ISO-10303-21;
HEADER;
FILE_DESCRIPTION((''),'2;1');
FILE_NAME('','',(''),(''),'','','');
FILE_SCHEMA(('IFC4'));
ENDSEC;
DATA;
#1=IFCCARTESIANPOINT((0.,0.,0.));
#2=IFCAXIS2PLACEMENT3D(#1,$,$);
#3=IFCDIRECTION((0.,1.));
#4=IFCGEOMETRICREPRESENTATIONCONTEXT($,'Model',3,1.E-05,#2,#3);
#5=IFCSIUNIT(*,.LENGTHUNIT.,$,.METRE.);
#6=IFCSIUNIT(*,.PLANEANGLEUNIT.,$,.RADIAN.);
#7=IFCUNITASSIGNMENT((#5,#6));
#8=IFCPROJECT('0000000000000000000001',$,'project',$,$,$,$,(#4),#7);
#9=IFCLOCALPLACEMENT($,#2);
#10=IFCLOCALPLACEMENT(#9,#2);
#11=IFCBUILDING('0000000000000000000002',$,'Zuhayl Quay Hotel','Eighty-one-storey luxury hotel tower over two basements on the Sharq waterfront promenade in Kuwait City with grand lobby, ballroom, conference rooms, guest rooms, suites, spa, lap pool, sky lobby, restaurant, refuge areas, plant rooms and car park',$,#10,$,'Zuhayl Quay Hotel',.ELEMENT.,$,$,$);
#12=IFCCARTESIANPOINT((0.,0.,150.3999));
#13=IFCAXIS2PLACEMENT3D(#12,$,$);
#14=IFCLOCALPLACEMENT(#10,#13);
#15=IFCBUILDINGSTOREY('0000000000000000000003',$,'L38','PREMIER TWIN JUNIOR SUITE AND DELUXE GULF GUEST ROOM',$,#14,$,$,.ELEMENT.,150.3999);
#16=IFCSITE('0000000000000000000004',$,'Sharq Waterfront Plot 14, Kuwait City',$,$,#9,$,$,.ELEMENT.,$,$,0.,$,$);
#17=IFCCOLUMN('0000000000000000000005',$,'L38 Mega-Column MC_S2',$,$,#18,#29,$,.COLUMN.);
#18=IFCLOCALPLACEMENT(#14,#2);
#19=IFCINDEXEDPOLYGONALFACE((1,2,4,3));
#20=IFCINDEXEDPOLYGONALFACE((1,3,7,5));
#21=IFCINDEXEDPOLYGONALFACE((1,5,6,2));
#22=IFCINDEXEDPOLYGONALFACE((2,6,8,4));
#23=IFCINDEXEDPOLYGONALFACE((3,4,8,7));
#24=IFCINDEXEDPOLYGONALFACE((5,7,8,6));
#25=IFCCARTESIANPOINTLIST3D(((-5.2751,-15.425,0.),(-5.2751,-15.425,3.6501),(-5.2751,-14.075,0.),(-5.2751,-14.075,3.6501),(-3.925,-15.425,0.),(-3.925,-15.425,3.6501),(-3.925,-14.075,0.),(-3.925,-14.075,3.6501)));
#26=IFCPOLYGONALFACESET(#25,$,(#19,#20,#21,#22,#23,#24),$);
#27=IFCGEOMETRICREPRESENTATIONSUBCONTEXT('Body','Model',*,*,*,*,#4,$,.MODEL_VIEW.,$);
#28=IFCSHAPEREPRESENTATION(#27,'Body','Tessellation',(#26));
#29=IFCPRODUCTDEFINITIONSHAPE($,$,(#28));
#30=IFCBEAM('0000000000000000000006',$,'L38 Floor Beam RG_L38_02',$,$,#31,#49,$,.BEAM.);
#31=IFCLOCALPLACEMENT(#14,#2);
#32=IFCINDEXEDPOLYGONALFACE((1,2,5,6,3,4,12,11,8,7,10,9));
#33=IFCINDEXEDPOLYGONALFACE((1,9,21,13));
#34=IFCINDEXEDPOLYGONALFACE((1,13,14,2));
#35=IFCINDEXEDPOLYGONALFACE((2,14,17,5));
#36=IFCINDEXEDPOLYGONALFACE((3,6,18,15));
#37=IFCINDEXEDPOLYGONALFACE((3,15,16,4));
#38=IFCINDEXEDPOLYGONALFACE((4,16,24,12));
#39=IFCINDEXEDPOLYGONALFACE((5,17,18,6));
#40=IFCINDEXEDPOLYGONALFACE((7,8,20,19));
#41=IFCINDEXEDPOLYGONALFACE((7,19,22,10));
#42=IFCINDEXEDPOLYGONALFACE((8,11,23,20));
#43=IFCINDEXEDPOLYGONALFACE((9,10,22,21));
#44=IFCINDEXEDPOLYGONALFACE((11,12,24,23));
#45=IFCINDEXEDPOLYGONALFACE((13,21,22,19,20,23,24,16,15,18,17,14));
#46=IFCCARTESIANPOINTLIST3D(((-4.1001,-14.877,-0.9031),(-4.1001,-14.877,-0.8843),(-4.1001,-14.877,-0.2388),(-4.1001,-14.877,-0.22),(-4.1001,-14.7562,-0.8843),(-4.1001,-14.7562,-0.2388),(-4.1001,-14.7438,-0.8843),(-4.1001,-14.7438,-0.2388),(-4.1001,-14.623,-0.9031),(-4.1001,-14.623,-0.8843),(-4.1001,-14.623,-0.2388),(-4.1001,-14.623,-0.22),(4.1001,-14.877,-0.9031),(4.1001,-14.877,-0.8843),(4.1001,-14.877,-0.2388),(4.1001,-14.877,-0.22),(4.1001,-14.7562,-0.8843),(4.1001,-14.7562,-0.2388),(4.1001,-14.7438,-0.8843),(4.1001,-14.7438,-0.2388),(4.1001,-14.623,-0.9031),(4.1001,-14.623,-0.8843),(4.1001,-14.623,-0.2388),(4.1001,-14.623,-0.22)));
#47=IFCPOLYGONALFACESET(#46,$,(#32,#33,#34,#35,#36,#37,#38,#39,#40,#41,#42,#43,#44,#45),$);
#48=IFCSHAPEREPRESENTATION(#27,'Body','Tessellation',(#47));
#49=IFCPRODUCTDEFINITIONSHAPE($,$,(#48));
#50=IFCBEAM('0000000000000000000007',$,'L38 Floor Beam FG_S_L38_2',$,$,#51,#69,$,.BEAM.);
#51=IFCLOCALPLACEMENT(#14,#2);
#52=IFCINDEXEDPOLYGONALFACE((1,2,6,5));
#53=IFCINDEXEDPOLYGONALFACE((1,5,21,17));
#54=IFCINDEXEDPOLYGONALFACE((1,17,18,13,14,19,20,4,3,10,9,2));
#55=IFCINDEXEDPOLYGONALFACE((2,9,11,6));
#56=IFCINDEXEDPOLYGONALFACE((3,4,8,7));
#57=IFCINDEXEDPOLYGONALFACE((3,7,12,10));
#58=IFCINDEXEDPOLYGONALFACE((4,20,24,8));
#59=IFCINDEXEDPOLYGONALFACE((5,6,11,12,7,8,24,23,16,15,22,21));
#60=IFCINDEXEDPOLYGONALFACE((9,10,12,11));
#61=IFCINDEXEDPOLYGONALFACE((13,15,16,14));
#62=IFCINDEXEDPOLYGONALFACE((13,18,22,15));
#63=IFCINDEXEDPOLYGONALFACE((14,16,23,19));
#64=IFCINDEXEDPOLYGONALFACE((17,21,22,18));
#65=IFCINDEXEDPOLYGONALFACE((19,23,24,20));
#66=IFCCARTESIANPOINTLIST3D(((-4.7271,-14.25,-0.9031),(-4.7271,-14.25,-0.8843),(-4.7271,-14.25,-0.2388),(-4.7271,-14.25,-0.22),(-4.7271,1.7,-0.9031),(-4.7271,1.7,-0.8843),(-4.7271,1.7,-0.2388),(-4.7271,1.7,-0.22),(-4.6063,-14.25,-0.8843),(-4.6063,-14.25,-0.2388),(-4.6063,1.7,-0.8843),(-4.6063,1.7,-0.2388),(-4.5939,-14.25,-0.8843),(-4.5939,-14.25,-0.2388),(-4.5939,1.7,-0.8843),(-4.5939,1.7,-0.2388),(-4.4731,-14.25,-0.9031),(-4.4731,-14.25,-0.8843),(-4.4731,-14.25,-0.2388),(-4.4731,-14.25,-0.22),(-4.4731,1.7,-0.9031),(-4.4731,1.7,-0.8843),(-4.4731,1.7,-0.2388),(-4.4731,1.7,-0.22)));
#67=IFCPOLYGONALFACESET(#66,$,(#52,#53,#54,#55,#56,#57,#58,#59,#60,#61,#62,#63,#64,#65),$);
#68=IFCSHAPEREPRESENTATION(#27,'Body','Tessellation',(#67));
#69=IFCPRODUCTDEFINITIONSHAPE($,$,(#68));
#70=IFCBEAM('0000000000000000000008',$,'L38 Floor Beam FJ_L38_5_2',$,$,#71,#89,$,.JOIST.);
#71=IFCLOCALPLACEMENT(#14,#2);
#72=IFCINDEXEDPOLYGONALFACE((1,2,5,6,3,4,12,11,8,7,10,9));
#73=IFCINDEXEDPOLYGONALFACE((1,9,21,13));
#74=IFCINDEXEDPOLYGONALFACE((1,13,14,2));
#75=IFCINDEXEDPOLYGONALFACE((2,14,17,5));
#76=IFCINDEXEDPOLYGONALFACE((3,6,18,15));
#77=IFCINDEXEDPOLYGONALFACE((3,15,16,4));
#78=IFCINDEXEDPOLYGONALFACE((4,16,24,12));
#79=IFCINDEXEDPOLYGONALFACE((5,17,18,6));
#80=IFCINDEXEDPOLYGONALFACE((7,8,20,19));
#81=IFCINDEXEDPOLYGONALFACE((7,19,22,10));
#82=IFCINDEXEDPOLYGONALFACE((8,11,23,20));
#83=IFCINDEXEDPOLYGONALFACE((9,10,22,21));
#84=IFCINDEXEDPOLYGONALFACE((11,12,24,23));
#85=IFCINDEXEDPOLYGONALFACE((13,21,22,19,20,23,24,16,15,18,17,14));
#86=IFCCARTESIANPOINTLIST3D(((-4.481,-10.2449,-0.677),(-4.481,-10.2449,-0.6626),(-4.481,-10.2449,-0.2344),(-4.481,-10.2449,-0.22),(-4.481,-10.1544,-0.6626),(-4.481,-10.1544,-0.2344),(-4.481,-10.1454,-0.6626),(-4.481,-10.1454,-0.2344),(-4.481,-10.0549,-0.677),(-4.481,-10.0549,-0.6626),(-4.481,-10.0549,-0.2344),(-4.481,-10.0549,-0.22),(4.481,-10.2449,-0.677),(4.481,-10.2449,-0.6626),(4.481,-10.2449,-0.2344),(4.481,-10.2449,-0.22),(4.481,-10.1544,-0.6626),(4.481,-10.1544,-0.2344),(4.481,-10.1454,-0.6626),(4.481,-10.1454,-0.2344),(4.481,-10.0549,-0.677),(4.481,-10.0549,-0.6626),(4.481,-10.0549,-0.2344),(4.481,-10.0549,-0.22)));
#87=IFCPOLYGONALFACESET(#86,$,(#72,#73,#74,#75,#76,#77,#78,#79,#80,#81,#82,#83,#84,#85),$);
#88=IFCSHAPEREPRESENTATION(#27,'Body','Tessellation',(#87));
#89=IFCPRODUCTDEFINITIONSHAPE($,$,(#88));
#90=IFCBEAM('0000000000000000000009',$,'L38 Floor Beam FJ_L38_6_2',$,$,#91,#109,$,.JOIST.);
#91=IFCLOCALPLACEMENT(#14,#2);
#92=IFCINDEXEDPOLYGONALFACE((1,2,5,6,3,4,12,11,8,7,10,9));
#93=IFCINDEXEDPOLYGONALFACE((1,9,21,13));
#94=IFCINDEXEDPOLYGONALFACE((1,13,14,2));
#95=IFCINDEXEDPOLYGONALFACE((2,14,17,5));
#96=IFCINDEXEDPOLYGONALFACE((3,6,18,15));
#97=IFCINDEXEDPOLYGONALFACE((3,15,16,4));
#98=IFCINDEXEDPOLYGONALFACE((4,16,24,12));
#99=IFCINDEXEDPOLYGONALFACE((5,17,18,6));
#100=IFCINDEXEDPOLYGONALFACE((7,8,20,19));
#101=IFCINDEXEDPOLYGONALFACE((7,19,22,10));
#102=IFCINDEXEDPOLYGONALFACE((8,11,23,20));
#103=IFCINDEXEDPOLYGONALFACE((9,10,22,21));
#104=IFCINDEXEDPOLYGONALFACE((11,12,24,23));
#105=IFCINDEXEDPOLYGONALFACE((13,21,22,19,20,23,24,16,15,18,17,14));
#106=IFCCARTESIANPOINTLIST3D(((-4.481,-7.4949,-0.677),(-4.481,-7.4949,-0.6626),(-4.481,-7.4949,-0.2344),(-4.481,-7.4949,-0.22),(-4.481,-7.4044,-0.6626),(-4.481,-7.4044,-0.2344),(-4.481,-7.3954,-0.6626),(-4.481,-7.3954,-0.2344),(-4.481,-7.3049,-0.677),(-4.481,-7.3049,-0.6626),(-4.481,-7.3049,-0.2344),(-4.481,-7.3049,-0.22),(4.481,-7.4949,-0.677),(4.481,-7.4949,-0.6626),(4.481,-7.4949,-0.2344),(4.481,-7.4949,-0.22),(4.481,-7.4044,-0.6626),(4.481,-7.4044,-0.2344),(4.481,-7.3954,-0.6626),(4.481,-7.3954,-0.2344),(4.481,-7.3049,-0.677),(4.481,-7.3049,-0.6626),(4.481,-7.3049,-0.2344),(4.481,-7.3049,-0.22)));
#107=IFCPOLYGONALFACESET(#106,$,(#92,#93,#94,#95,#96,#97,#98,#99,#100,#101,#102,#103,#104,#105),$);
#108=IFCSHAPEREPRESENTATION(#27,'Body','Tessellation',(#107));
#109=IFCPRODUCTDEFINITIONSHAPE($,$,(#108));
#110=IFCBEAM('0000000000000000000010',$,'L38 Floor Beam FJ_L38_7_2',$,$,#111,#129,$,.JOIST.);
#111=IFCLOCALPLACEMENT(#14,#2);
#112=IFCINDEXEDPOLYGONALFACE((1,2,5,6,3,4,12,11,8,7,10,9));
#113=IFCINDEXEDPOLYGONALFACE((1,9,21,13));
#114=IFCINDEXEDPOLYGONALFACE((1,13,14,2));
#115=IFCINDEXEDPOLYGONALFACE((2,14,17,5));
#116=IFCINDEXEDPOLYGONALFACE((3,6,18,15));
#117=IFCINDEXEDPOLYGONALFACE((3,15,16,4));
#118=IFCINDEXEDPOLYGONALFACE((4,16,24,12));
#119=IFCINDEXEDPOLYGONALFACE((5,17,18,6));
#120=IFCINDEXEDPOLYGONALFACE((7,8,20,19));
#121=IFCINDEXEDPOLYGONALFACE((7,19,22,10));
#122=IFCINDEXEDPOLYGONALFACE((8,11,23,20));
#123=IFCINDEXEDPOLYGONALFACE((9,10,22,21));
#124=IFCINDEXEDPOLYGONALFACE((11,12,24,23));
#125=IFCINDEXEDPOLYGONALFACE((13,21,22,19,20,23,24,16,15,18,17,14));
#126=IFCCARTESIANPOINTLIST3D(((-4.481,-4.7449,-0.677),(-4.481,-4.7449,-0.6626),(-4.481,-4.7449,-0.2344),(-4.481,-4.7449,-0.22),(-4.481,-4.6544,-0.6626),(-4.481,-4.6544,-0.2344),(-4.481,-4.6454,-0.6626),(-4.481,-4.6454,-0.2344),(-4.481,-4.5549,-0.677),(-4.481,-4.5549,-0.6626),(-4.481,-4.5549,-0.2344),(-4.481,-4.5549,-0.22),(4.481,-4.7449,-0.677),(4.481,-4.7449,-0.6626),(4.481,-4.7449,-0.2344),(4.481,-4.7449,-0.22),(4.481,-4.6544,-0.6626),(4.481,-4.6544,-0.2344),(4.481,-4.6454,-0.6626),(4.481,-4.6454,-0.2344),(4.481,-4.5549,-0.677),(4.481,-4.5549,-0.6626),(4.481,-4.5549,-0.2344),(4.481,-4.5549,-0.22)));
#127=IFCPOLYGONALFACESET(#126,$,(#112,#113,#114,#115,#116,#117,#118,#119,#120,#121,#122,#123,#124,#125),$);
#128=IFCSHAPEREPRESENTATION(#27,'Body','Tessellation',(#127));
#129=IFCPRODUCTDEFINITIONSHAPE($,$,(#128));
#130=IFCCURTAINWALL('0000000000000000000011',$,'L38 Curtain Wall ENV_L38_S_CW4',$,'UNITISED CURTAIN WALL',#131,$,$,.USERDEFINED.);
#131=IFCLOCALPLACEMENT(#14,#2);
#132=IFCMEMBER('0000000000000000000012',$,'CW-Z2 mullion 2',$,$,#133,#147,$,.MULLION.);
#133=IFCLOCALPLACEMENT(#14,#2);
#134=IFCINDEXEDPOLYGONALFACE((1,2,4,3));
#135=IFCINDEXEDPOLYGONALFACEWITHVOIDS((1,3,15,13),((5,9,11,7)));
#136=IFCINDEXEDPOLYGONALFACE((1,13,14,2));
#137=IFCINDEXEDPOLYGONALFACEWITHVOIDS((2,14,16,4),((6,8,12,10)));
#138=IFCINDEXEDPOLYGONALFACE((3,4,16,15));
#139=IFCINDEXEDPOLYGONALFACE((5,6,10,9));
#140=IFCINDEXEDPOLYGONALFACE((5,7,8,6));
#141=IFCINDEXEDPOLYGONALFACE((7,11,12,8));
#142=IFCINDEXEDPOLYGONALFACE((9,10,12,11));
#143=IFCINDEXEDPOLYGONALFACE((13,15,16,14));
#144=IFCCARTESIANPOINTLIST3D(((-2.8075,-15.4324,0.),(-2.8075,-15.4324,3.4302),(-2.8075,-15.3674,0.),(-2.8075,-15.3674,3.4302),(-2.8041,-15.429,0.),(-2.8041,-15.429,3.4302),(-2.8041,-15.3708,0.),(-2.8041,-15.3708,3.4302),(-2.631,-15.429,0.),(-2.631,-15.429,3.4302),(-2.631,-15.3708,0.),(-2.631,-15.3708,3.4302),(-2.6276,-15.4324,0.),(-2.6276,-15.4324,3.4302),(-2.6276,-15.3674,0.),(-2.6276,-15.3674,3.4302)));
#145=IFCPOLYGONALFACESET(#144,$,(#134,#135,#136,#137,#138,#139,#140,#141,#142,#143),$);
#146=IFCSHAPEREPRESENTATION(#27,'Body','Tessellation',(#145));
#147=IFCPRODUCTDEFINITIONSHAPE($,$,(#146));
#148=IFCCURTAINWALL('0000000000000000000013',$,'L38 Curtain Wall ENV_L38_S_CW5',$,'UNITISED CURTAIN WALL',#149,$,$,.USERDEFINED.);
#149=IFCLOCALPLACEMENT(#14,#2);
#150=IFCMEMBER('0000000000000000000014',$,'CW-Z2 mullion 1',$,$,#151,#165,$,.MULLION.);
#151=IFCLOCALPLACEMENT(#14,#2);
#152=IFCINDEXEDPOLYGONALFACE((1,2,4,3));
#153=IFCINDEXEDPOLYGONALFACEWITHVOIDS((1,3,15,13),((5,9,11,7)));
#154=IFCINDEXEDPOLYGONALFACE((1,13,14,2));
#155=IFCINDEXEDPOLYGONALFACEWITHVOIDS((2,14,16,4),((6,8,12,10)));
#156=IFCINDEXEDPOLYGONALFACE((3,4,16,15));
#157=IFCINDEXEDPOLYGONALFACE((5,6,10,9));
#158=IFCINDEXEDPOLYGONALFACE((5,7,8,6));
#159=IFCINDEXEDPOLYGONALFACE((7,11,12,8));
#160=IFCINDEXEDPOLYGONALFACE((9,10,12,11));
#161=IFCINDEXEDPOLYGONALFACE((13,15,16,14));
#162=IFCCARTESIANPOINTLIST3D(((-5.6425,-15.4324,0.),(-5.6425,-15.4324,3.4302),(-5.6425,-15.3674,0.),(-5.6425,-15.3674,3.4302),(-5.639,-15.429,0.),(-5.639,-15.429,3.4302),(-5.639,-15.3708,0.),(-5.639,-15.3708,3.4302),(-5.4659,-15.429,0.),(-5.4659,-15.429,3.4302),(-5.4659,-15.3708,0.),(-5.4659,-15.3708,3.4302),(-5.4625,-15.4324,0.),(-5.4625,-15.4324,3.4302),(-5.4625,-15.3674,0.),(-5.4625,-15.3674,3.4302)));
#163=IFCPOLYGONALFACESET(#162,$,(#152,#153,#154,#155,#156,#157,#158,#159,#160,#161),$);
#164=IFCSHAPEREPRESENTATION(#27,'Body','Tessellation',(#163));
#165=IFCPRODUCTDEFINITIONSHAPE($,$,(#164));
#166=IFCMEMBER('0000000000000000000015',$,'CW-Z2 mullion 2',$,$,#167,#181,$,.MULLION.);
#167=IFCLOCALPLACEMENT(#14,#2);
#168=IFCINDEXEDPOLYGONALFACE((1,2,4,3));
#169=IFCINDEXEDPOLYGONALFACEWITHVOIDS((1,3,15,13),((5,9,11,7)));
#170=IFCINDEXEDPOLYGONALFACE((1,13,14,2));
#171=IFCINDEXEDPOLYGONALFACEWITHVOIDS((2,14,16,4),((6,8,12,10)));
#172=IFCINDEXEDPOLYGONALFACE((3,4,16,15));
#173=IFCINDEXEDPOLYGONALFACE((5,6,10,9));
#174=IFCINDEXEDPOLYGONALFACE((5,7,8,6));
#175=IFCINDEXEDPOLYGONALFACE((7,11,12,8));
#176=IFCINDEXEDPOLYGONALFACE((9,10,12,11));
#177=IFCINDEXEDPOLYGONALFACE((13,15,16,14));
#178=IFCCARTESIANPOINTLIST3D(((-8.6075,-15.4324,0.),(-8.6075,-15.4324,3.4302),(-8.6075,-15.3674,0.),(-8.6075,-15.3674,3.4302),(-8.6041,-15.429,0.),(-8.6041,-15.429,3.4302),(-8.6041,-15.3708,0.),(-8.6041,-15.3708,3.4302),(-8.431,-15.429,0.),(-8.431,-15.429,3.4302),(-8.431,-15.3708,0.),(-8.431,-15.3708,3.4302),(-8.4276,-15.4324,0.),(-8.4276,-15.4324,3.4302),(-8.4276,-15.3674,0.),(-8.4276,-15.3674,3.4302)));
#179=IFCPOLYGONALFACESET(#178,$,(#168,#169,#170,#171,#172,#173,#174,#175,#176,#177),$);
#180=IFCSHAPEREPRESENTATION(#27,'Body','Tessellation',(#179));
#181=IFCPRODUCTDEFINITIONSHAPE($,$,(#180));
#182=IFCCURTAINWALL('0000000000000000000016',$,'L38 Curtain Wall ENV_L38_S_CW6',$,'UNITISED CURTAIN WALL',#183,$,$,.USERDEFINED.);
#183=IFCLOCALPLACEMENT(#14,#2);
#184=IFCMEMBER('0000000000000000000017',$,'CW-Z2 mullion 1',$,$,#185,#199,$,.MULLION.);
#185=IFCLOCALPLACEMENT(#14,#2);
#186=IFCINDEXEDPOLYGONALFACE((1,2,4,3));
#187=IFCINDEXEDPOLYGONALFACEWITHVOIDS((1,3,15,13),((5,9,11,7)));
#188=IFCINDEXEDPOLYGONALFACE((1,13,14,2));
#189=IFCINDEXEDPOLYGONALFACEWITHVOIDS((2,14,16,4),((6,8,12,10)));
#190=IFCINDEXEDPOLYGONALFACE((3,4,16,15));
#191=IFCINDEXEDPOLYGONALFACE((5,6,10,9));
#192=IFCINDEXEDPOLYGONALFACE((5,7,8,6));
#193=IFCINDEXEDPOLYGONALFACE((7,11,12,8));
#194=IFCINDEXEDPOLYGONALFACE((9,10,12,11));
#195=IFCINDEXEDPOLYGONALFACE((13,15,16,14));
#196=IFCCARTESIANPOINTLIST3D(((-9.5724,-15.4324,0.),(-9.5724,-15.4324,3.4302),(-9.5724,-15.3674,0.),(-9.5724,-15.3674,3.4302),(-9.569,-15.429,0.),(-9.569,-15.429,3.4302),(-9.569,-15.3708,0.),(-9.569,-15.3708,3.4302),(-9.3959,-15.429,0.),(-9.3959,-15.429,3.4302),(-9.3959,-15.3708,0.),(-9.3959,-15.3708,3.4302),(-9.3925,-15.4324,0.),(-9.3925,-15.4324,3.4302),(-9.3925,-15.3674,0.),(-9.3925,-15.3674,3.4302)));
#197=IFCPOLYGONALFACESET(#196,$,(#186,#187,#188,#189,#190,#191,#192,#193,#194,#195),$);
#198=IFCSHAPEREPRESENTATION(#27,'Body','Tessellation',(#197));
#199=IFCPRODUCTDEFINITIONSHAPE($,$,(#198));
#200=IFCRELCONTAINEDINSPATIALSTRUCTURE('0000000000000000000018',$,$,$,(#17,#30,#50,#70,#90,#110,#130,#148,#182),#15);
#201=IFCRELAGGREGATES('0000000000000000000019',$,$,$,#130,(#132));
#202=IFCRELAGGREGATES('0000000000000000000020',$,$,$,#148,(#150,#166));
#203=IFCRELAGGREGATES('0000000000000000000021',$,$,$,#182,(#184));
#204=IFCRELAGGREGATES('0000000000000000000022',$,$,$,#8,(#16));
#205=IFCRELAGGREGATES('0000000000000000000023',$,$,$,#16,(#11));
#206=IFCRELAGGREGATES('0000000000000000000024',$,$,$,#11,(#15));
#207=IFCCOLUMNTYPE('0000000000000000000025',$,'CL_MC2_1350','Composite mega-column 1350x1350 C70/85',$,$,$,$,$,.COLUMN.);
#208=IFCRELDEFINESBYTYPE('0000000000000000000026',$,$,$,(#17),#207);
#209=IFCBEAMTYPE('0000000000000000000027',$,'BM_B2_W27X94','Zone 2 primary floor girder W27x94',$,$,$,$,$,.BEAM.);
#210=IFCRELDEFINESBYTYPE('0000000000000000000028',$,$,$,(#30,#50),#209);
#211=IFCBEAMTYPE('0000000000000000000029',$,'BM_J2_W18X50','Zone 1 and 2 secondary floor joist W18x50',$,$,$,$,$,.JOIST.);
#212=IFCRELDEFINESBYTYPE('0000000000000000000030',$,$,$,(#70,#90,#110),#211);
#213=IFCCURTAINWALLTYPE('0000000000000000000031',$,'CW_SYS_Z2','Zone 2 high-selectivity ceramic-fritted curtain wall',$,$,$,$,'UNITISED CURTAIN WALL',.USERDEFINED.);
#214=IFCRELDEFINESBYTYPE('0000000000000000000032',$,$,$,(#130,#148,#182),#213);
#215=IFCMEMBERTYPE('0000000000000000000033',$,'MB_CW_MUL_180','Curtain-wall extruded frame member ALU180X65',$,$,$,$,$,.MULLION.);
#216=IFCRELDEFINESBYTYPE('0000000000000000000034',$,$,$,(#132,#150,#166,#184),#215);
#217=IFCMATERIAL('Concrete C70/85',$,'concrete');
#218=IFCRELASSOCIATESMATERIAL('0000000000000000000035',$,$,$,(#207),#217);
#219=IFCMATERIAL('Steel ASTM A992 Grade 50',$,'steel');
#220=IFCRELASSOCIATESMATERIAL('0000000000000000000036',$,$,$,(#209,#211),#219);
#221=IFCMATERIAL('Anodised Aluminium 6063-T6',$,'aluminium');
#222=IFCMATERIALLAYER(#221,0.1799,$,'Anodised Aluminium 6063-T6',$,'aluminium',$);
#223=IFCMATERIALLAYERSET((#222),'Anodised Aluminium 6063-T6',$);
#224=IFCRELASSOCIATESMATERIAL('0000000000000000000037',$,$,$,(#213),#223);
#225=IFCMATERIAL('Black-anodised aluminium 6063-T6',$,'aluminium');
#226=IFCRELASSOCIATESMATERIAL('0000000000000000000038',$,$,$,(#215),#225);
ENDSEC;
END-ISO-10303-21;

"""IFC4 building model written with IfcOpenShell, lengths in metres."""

from ifc_helpers import new_model, si_unit, direction, frame, origin, origin_2d, place, context, subcontext, project, spatial, rectangle, hollow_rectangle, i_section, extrude, material, layer, layer_set, material_profile, profile_set, type_object, element, aggregate, save


model = new_model("IFC4")

# Units and contexts
model_context = context("Model", 3, precision=1e-05, world=origin(), true_north=direction((0.0, 1.0)))
body_context = subcontext(model_context, "Body", "Model", "MODEL_VIEW")
ifc_project = project(units=[si_unit("LENGTHUNIT", "METRE"), si_unit("PLANEANGLEUNIT", "RADIAN")], contexts=[model_context])

# Site, building, storey
site_placement = place(None, origin())
site = spatial("IfcSite", under=ifc_project, at=site_placement, Name="Sharq Waterfront Plot 14, Kuwait City", CompositionType="ELEMENT", RefElevation=0.0)
building_placement = place(site_placement, origin())
building = spatial("IfcBuilding", under=site, at=building_placement, Name="Zuhayl Quay Hotel", Description="Eighty-one-storey luxury hotel tower over two basements on the Sharq waterfront promenade in Kuwait City with grand lobby, ballroom, conference rooms, guest rooms, suites, spa, lap pool, sky lobby, restaurant, refuge areas, plant rooms and car park", LongName="Zuhayl Quay Hotel", CompositionType="ELEMENT")
storey_placement = place(building_placement, frame((0.0, 0.0, 150.3999)))
storey = spatial("IfcBuildingStorey", under=building, at=storey_placement, Name="L38", Description="PREMIER TWIN JUNIOR SUITE AND DELUXE GULF GUEST ROOM", CompositionType="ELEMENT", Elevation=150.3999)

# Column
ifc_material_1 = material(Name="Concrete C70/85", Category="concrete")
ifc_material_profile_1 = material_profile(ifc_material_1, rectangle(XDim=1.3501, YDim=1.3501, at=origin_2d()), Name="RC1350X1350")
ifc_profile_set_1 = profile_set([ifc_material_profile_1], Name="Concrete C70/85")
column_type = type_object("IfcColumnType", Name="CL_MC2_1350", Description="Composite mega-column 1350x1350 C70/85", PredefinedType="COLUMN", material=ifc_profile_set_1)
column_placement = place(storey_placement, frame((-4.6001, -14.75, 0.0), z_axis=(0.0, 0.0, 1.0), x_axis=(1.0, 0.0, 0.0)))
element("IfcColumn", 1, at=column_placement, inside=storey, type_object=column_type, Name="L38 Mega-Column MC_S2", PredefinedType="COLUMN", context=body_context, shape_type="SweptSolid", body=[
    extrude(rectangle(XDim=1.3501, YDim=1.3501, at=origin_2d()), origin(), (0.0, 0.0, 1.0), 3.6501),
])

# Beams
ifc_material_2 = material(Name="Steel ASTM A992 Grade 50", Category="steel")
ifc_material_profile_2 = material_profile(ifc_material_2, i_section(OverallWidth=0.2539, OverallDepth=0.6831, WebThickness=0.0125, FlangeThickness=0.0188, at=origin_2d()), Name="W27X94")
ifc_profile_set_2 = profile_set([ifc_material_profile_2], Name="Steel ASTM A992 Grade 50")
beam_type_1 = type_object("IfcBeamType", Name="BM_B2_W27X94", Description="Zone 2 primary floor girder W27x94", PredefinedType="BEAM", material=ifc_profile_set_2)
beam_1_placement = place(storey_placement, frame((-4.1001, -14.75, -0.5615), z_axis=(1.0, 0.0, 0.0), x_axis=(0.0, 1.0, 0.0)))
element("IfcBeam", 2, at=beam_1_placement, inside=storey, type_object=beam_type_1, Name="L38 Floor Beam RG_L38_02", PredefinedType="BEAM", context=body_context, shape_type="SweptSolid", body=[
    extrude(i_section(OverallWidth=0.2539, OverallDepth=0.6831, WebThickness=0.0125, FlangeThickness=0.0188, at=origin_2d()), origin(), (0.0, 0.0, 1.0), 8.2002),
])
beam_2_placement = place(storey_placement, frame((-4.6001, -14.25, -0.5615), z_axis=(0.0, 1.0, 0.0), x_axis=(-1.0, 0.0, 0.0)))
element("IfcBeam", 3, at=beam_2_placement, inside=storey, type_object=beam_type_1, Name="L38 Floor Beam FG_S_L38_2", PredefinedType="BEAM", context=body_context, shape_type="SweptSolid", body=[
    extrude(i_section(OverallWidth=0.2539, OverallDepth=0.6831, WebThickness=0.0125, FlangeThickness=0.0188, at=origin_2d()), origin(), (0.0, 0.0, 1.0), 15.95),
])
ifc_material_profile_3 = material_profile(ifc_material_2, i_section(OverallWidth=0.1899, OverallDepth=0.457, WebThickness=0.009, FlangeThickness=0.0144, at=origin_2d()), Name="W18X50")
ifc_profile_set_3 = profile_set([ifc_material_profile_3], Name="Steel ASTM A992 Grade 50")
beam_type_2 = type_object("IfcBeamType", Name="BM_J2_W18X50", Description="Zone 1 and 2 secondary floor joist W18x50", PredefinedType="JOIST", material=ifc_profile_set_3)
for number, where, z_axis, x_axis, name in (
    (4, (-4.481, -10.1499, -0.4485), (1.0, 0.0, 0.0), (0.0, 1.0, 0.0), "L38 Floor Beam FJ_L38_5_2"),
    (5, (-4.481, -7.3999, -0.4485), (1.0, 0.0, 0.0), (0.0, 1.0, 0.0), "L38 Floor Beam FJ_L38_6_2"),
    (6, (-4.481, -4.6499, -0.4485), (1.0, 0.0, 0.0), (0.0, 1.0, 0.0), "L38 Floor Beam FJ_L38_7_2"),
):
    element("IfcBeam", number, at=place(storey_placement, frame(where, z_axis=z_axis, x_axis=x_axis)), inside=storey, type_object=beam_type_2, Name=name, PredefinedType="JOIST", context=body_context, shape_type="SweptSolid", body=[
        extrude(i_section(OverallWidth=0.1899, OverallDepth=0.457, WebThickness=0.009, FlangeThickness=0.0144, at=origin_2d()), origin(), (0.0, 0.0, 1.0), 8.9619),
    ])

# Curtain wall, member
ifc_material_3 = material(Name="Anodised Aluminium 6063-T6", Category="aluminium")
ifc_layer_1 = layer(ifc_material_3, 0.1799, Name="Anodised Aluminium 6063-T6", Category="aluminium")
ifc_layer_set_1 = layer_set([ifc_layer_1], Name="Anodised Aluminium 6063-T6")
curtain_wall_type = type_object("IfcCurtainWallType", Name="CW_SYS_Z2", Description="Zone 2 high-selectivity ceramic-fritted curtain wall", ElementType="UNITISED CURTAIN WALL", PredefinedType="USERDEFINED", material=ifc_layer_set_1)
curtain_wall_1_placement = place(storey_placement, origin())
curtain_wall_1 = element("IfcCurtainWall", 7, at=curtain_wall_1_placement, inside=storey, type_object=curtain_wall_type, Name="L38 Curtain Wall ENV_L38_S_CW4", ObjectType="UNITISED CURTAIN WALL", PredefinedType="USERDEFINED")
ifc_material_4 = material(Name="Black-anodised aluminium 6063-T6", Category="aluminium")
ifc_material_profile_4 = material_profile(ifc_material_4, hollow_rectangle(XDim=0.0649, YDim=0.1799, WallThickness=0.0034, at=origin_2d()), Name="ALU180X65")
ifc_profile_set_4 = profile_set([ifc_material_profile_4], Name="Black-anodised aluminium 6063-T6")
member_type_1 = type_object("IfcMemberType", Name="MB_CW_MUL_180", Description="Curtain-wall extruded frame member ALU180X65", PredefinedType="MULLION", material=ifc_profile_set_4)
member_1_placement = place(storey_placement, frame((-2.7175, -15.3999, 0.0), z_axis=(0.0, 0.0, 1.0), x_axis=(0.0, -1.0, 0.0)))
member_1 = element("IfcMember", 8, at=member_1_placement, type_object=member_type_1, Name="CW-Z2 mullion 2", PredefinedType="MULLION", context=body_context, shape_type="SweptSolid", body=[
    extrude(hollow_rectangle(XDim=0.0649, YDim=0.1799, WallThickness=0.0034, at=origin_2d()), origin(), (0.0, 0.0, 1.0), 3.4302),
])
aggregate(curtain_wall_1, [member_1])

# Curtain wall, members
curtain_wall_2_placement = place(storey_placement, origin())
curtain_wall_2 = element("IfcCurtainWall", 9, at=curtain_wall_2_placement, inside=storey, type_object=curtain_wall_type, Name="L38 Curtain Wall ENV_L38_S_CW5", ObjectType="UNITISED CURTAIN WALL", PredefinedType="USERDEFINED")
member_2_placement = place(storey_placement, frame((-5.5525, -15.3999, 0.0), z_axis=(0.0, 0.0, 1.0), x_axis=(0.0, -1.0, 0.0)))
member_2 = element("IfcMember", 10, at=member_2_placement, type_object=member_type_1, Name="CW-Z2 mullion 1", PredefinedType="MULLION", context=body_context, shape_type="SweptSolid", body=[
    extrude(hollow_rectangle(XDim=0.0649, YDim=0.1799, WallThickness=0.0034, at=origin_2d()), origin(), (0.0, 0.0, 1.0), 3.4302),
])
member_3_placement = place(storey_placement, frame((-8.5176, -15.3999, 0.0), z_axis=(0.0, 0.0, 1.0), x_axis=(0.0, -1.0, 0.0)))
member_3 = element("IfcMember", 11, at=member_3_placement, type_object=member_type_1, Name="CW-Z2 mullion 2", PredefinedType="MULLION", context=body_context, shape_type="SweptSolid", body=[
    extrude(hollow_rectangle(XDim=0.0649, YDim=0.1799, WallThickness=0.0034, at=origin_2d()), origin(), (0.0, 0.0, 1.0), 3.4302),
])

# Curtain wall, member
curtain_wall_3_placement = place(storey_placement, origin())
curtain_wall_3 = element("IfcCurtainWall", 12, at=curtain_wall_3_placement, inside=storey, type_object=curtain_wall_type, Name="L38 Curtain Wall ENV_L38_S_CW6", ObjectType="UNITISED CURTAIN WALL", PredefinedType="USERDEFINED")
member_4_placement = place(storey_placement, frame((-9.4824, -15.3999, 0.0), z_axis=(0.0, 0.0, 1.0), x_axis=(0.0, -1.0, 0.0)))
member_4 = element("IfcMember", 13, at=member_4_placement, type_object=member_type_1, Name="CW-Z2 mullion 1", PredefinedType="MULLION", context=body_context, shape_type="SweptSolid", body=[
    extrude(hollow_rectangle(XDim=0.0649, YDim=0.1799, WallThickness=0.0034, at=origin_2d()), origin(), (0.0, 0.0, 1.0), 3.4302),
])

aggregate(curtain_wall_2, [member_2, member_3])
aggregate(curtain_wall_3, [member_4])

save(model, "model.ifc")
